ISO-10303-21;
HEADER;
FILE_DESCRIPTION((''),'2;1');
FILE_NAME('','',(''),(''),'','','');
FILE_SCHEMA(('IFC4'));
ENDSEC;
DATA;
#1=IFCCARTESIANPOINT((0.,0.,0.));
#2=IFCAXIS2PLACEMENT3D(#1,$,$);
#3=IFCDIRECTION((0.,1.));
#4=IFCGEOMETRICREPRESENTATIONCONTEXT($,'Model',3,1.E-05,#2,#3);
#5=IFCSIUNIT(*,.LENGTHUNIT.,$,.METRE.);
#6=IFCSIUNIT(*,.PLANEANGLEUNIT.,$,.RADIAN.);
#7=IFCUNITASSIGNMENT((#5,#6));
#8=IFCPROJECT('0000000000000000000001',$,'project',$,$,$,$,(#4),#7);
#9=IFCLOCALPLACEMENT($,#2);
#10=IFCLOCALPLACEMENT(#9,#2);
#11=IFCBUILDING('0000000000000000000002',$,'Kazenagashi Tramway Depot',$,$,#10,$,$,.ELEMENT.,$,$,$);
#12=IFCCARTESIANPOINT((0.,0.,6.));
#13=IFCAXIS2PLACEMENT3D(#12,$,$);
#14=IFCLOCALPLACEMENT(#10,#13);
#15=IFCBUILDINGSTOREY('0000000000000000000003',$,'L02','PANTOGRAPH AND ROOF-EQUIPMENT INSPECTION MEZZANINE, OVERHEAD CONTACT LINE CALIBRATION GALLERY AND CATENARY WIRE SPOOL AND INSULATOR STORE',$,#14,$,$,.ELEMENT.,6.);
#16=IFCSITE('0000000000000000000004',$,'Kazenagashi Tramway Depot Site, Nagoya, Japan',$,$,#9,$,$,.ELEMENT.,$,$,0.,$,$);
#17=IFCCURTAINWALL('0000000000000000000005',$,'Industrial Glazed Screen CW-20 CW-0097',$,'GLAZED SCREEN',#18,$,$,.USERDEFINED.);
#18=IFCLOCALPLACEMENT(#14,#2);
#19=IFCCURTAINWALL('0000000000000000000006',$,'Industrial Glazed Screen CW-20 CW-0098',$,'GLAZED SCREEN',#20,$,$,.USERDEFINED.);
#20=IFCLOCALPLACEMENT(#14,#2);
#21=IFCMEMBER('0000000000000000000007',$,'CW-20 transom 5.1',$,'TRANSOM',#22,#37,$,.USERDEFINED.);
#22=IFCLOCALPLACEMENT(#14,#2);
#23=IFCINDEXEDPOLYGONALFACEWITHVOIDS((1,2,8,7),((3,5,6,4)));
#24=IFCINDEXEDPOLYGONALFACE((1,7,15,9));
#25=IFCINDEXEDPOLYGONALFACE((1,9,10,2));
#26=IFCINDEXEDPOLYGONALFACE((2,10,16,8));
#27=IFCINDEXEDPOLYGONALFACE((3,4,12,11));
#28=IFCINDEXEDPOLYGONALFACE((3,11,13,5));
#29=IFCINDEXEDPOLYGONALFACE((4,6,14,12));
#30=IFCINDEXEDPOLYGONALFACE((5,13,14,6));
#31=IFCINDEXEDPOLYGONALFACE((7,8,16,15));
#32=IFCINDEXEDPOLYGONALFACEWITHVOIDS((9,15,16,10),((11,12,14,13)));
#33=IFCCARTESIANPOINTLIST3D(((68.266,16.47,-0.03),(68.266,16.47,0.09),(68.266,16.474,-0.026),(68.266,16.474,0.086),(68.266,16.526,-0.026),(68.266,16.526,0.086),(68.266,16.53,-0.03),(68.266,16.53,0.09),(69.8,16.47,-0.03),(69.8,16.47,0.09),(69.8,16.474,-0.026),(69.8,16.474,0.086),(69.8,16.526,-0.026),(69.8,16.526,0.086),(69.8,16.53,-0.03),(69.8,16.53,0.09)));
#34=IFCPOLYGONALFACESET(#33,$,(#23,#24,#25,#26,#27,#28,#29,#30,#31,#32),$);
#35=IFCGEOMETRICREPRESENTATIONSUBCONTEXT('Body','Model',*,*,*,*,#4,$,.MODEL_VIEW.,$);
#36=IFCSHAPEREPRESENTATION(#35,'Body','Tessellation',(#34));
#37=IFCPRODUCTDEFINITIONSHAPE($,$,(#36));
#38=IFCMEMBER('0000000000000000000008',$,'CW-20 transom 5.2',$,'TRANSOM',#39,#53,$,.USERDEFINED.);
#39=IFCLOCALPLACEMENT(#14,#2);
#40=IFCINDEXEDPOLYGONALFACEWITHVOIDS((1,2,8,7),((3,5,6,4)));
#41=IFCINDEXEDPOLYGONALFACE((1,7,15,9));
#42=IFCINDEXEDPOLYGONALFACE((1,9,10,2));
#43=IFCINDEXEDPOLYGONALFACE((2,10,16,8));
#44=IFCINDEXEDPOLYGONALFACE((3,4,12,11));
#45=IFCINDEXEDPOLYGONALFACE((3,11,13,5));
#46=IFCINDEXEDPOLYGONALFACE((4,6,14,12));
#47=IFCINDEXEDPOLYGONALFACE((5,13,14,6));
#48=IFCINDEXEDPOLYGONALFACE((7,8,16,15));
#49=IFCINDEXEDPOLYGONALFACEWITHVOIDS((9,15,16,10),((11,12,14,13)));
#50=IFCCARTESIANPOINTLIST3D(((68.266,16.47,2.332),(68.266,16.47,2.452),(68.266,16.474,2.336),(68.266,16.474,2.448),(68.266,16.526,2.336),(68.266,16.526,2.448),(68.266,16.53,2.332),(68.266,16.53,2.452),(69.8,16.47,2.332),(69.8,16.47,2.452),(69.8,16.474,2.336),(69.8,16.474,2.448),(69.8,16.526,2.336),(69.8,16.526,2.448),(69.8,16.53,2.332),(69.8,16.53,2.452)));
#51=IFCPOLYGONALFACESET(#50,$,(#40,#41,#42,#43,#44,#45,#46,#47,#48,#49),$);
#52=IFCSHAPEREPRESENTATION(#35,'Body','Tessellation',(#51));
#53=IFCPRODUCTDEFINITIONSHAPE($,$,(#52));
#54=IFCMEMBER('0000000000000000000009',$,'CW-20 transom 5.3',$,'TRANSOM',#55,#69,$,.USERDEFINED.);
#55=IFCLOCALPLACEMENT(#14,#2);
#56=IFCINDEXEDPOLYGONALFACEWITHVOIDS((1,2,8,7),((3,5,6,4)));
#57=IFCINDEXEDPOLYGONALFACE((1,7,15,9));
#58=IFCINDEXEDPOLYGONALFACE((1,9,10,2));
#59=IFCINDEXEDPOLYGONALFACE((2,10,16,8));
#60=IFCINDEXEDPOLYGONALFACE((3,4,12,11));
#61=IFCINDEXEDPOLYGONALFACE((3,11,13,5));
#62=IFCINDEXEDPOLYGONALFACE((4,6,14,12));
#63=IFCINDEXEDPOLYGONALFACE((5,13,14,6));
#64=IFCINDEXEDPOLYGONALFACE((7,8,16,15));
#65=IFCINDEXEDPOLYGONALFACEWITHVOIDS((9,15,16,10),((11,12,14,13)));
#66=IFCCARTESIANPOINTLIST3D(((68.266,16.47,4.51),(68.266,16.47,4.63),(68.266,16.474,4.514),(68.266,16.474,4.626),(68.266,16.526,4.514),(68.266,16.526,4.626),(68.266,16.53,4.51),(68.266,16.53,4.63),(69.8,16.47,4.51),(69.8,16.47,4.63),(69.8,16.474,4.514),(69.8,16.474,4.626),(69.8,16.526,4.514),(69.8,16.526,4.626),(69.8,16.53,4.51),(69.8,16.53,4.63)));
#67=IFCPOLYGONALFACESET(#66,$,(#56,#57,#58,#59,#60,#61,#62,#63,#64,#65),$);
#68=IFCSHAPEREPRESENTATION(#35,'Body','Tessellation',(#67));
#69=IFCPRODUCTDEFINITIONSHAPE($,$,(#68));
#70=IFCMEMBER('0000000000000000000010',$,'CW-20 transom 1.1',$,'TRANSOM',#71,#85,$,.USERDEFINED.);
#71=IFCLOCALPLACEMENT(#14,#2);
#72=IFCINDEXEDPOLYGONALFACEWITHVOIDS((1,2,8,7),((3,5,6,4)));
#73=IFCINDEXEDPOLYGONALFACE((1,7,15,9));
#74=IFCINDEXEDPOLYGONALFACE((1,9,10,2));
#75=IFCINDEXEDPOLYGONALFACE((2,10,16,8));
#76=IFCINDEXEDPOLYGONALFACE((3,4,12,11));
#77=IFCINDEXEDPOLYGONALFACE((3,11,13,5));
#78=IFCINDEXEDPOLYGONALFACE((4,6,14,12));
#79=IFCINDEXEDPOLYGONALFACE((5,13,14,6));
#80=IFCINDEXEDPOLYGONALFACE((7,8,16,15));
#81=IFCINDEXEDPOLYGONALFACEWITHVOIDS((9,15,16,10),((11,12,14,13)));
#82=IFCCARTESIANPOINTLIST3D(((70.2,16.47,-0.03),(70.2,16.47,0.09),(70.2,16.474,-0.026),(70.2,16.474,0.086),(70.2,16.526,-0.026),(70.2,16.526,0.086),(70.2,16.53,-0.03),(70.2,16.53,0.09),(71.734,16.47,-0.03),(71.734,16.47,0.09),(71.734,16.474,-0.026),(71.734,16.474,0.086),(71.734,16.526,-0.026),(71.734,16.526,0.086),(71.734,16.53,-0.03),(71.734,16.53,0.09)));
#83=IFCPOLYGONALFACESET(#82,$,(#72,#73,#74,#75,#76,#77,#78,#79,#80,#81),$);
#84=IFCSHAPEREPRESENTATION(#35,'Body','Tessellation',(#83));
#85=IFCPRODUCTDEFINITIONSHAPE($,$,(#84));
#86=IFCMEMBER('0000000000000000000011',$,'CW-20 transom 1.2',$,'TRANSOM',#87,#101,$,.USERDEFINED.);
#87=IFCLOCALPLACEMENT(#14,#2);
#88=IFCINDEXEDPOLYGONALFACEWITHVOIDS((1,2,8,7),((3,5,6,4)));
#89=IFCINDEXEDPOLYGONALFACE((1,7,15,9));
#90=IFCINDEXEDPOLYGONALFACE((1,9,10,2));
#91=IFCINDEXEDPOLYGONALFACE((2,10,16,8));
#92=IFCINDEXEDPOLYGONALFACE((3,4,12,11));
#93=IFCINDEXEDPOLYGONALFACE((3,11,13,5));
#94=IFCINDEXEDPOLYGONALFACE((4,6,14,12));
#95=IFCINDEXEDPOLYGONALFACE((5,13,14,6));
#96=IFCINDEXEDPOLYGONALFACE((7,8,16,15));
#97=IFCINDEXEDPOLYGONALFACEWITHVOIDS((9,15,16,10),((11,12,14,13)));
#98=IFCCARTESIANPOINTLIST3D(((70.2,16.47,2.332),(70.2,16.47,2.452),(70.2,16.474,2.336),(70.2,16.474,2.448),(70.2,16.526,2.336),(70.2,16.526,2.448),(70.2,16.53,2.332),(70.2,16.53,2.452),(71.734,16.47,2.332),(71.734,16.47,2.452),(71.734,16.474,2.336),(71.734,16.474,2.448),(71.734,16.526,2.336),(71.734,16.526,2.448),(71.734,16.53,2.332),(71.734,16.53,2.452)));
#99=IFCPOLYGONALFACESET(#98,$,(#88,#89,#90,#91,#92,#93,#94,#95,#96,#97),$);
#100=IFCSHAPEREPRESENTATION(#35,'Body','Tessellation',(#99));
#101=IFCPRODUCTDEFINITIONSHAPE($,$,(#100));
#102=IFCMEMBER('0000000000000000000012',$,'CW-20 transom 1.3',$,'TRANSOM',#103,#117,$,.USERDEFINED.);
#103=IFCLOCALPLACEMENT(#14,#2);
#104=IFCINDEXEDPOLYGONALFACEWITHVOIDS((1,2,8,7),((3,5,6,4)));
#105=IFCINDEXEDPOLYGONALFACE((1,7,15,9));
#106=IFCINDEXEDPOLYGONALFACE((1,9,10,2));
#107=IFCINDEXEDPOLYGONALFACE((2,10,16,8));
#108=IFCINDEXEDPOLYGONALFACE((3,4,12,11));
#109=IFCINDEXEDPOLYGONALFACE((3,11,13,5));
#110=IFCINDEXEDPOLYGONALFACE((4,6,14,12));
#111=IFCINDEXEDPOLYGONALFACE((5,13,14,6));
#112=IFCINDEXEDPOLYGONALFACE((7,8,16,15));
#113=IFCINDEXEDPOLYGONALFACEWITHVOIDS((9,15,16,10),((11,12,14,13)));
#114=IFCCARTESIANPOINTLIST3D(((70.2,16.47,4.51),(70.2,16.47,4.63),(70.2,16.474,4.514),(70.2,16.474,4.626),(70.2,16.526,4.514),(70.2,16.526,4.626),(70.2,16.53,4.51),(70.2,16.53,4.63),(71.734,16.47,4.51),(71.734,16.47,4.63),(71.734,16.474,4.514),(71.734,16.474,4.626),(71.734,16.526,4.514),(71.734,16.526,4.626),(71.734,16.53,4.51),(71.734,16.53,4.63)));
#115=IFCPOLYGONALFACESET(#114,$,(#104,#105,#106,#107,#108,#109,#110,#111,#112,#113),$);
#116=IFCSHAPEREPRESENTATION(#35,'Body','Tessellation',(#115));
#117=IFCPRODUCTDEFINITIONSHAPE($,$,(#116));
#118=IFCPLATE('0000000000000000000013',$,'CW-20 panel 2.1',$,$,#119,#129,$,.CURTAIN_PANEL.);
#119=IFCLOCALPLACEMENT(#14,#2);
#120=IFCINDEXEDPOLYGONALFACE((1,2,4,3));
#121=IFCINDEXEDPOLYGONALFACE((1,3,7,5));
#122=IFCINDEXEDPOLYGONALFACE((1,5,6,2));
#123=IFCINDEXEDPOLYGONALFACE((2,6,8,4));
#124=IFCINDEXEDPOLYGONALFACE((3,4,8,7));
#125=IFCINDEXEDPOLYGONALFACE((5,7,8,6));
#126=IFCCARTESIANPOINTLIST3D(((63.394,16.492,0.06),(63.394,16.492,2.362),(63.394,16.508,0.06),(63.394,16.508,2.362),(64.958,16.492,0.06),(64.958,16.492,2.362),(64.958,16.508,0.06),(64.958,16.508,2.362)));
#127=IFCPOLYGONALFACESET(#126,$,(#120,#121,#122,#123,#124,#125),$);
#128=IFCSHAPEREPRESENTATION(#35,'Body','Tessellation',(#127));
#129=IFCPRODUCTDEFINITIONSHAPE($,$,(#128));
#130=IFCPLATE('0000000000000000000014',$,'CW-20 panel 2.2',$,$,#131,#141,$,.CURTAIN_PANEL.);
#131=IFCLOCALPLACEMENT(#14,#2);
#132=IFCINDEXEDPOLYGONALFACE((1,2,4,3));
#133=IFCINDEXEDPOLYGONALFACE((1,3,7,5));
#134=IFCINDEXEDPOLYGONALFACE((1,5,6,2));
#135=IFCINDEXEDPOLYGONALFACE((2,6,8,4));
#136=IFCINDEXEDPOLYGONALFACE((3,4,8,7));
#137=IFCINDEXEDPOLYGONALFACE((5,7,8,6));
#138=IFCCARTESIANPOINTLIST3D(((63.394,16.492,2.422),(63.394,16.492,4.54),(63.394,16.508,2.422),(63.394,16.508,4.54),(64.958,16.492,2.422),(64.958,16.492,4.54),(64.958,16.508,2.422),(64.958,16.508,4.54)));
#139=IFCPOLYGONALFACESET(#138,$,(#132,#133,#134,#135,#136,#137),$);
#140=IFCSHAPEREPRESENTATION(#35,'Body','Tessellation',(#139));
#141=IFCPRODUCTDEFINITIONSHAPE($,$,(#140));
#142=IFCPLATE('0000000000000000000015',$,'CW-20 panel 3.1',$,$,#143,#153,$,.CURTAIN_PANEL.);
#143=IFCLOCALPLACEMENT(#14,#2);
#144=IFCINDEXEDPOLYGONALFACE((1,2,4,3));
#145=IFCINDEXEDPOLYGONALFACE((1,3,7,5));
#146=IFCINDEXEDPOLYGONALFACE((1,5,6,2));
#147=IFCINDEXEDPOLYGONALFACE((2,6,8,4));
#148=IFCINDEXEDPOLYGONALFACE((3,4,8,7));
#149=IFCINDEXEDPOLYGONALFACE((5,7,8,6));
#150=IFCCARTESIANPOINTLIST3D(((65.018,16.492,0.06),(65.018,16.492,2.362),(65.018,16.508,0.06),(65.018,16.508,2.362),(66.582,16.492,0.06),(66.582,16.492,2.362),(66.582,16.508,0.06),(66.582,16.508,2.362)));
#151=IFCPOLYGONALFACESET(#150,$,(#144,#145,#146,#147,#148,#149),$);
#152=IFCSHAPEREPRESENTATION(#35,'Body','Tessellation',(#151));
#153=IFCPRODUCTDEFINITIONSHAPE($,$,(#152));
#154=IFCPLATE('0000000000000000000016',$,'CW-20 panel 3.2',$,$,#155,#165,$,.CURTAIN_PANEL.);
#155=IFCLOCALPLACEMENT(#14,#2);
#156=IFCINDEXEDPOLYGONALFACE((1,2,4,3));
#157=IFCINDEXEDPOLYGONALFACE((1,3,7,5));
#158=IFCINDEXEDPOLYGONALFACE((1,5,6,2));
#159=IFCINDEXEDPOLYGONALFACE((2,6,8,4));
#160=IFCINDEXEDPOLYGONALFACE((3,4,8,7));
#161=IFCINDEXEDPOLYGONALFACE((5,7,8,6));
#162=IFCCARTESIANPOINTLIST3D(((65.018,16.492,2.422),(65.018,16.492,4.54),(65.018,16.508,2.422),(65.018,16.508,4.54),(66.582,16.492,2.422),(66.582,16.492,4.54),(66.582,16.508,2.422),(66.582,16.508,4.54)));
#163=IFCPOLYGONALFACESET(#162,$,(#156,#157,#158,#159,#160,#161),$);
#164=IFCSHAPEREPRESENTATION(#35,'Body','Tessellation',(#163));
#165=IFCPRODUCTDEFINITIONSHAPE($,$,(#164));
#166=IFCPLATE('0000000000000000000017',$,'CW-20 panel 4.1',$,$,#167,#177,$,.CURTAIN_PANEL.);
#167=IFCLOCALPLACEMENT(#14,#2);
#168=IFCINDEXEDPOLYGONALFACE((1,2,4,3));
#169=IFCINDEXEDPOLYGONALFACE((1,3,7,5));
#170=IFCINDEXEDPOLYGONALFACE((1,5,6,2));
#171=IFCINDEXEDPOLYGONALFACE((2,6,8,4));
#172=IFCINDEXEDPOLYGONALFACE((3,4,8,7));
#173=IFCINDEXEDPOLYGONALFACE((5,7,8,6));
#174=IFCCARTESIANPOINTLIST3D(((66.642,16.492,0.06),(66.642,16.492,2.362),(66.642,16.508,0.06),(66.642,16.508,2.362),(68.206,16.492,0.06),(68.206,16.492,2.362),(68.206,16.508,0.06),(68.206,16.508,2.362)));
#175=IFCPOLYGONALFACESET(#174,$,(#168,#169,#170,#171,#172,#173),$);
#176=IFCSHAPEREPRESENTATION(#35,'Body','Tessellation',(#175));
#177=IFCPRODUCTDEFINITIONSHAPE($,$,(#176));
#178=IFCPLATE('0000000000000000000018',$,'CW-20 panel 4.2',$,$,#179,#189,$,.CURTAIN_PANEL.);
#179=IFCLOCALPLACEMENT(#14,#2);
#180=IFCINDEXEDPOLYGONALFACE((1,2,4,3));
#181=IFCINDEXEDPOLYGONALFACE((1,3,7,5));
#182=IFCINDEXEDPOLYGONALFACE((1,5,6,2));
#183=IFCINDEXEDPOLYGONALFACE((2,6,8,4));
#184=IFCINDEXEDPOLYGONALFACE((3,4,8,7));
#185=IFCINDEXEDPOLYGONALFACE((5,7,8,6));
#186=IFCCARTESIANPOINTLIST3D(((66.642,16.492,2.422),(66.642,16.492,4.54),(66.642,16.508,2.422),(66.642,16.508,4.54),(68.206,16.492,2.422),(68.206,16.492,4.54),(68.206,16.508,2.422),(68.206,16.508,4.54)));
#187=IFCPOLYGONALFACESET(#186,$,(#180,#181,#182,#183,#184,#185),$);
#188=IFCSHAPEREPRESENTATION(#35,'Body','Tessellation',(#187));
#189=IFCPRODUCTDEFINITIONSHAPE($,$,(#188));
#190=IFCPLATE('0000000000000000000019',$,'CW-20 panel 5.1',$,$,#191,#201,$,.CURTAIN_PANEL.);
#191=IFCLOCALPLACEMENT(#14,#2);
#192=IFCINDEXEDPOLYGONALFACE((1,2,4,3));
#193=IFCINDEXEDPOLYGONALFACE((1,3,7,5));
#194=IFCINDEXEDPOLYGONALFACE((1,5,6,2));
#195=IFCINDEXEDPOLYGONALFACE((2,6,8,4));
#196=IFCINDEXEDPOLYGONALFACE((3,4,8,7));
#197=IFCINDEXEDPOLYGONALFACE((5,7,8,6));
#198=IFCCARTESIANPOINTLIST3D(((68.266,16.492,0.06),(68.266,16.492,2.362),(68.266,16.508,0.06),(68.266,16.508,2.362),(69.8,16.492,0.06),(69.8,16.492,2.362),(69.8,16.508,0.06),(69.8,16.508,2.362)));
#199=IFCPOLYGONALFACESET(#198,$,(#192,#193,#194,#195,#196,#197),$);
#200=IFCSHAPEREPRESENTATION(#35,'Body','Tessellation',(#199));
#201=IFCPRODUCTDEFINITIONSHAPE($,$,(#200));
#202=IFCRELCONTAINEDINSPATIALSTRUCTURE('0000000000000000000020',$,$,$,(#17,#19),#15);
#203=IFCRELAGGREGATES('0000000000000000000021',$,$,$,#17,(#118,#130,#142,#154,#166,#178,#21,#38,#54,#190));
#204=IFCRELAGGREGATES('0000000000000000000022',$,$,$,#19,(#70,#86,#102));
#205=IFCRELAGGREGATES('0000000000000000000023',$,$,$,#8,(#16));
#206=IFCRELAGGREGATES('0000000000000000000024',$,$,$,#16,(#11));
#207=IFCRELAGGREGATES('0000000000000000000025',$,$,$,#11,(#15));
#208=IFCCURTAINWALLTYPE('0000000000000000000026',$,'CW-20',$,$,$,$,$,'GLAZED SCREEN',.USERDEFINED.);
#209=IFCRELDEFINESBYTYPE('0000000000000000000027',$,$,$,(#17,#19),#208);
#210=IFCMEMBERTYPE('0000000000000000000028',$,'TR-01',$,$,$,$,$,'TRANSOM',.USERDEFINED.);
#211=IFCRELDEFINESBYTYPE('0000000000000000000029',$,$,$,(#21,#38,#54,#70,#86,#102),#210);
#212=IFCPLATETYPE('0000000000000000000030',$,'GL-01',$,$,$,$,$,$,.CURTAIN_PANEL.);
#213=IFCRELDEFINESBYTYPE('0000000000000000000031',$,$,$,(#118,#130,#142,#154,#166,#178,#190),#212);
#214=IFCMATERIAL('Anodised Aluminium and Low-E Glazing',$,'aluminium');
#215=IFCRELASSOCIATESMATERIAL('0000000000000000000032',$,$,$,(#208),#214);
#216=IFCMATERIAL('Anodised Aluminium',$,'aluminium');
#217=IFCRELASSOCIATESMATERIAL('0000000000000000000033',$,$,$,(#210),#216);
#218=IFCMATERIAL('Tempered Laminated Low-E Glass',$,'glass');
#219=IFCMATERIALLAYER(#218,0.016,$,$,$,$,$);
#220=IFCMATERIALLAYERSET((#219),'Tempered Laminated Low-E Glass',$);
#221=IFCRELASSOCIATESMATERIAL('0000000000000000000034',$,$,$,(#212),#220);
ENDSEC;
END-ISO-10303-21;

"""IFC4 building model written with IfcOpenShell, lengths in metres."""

from ifc_helpers import new_model, si_unit, direction, frame, origin, origin_2d, place, context, subcontext, project, spatial, rectangle, hollow_rectangle, extrude, material, layer, layer_set, material_profile, profile_set, type_object, element, aggregate, save


model = new_model("IFC4")

# Units and contexts
model_context = context("Model", 3, precision=1e-05, world=origin(), true_north=direction((0.0, 1.0)))
body_context = subcontext(model_context, "Body", "Model", "MODEL_VIEW")
ifc_project = project(units=[si_unit("LENGTHUNIT", "METRE"), si_unit("PLANEANGLEUNIT", "RADIAN")], contexts=[model_context])

# Site, building, storey
site_placement = place(None, origin())
site = spatial("IfcSite", under=ifc_project, at=site_placement, Name="Kazenagashi Tramway Depot Site, Nagoya, Japan", CompositionType="ELEMENT", RefElevation=0.0)
building_placement = place(site_placement, origin())
building = spatial("IfcBuilding", under=site, at=building_placement, Name="Kazenagashi Tramway Depot", CompositionType="ELEMENT")
storey_placement = place(building_placement, frame((0.0, 0.0, 6.0)))
storey = spatial("IfcBuildingStorey", under=building, at=storey_placement, Name="L02", Description="PANTOGRAPH AND ROOF-EQUIPMENT INSPECTION MEZZANINE, OVERHEAD CONTACT LINE CALIBRATION GALLERY AND CATENARY WIRE SPOOL AND INSULATOR STORE", CompositionType="ELEMENT", Elevation=6.0)

# Curtain wall
ifc_material_1 = material(Name="Anodised Aluminium and Low-E Glazing", Category="aluminium")
curtain_wall_type = type_object("IfcCurtainWallType", Name="CW-20", ElementType="GLAZED SCREEN", PredefinedType="USERDEFINED", material=ifc_material_1)
curtain_wall_1_placement = place(storey_placement, origin())
curtain_wall_1 = element("IfcCurtainWall", 1, at=curtain_wall_1_placement, inside=storey, type_object=curtain_wall_type, Name="Industrial Glazed Screen CW-20 CW-0097", ObjectType="GLAZED SCREEN", PredefinedType="USERDEFINED")
ifc_material_2 = material(Name="Anodised Aluminium", Category="aluminium")

# Curtain wall
curtain_wall_2_placement = place(storey_placement, origin())
curtain_wall_2 = element("IfcCurtainWall", 2, at=curtain_wall_2_placement, inside=storey, type_object=curtain_wall_type, Name="Industrial Glazed Screen CW-20 CW-0098", ObjectType="GLAZED SCREEN", PredefinedType="USERDEFINED")

# Members
ifc_material_profile_1 = material_profile(ifc_material_2, hollow_rectangle(XDim=0.06, YDim=0.12, WallThickness=0.004, at=origin_2d()), Name="RHS-120x60x4")
ifc_profile_set_1 = profile_set([ifc_material_profile_1], Name="Anodised Aluminium")
member_type_1 = type_object("IfcMemberType", Name="TR-01", ElementType="TRANSOM", PredefinedType="USERDEFINED", material=ifc_profile_set_1)
member_1_placement = place(storey_placement, frame((68.266, 16.5, 0.03), z_axis=(1.0, 0.0, 0.0), x_axis=(0.0, 1.0, 0.0)))
member_1 = element("IfcMember", 3, at=member_1_placement, type_object=member_type_1, Name="CW-20 transom 5.1", ObjectType="TRANSOM", PredefinedType="USERDEFINED", context=body_context, shape_type="SweptSolid", body=[
    extrude(hollow_rectangle(XDim=0.06, YDim=0.12, WallThickness=0.004, at=origin_2d()), origin(), (0.0, 0.0, 1.0), 1.534),
])
member_2_placement = place(storey_placement, frame((68.266, 16.5, 2.392), z_axis=(1.0, 0.0, 0.0), x_axis=(0.0, 1.0, 0.0)))
member_2 = element("IfcMember", 4, at=member_2_placement, type_object=member_type_1, Name="CW-20 transom 5.2", ObjectType="TRANSOM", PredefinedType="USERDEFINED", context=body_context, shape_type="SweptSolid", body=[
    extrude(hollow_rectangle(XDim=0.06, YDim=0.12, WallThickness=0.004, at=origin_2d()), origin(), (0.0, 0.0, 1.0), 1.534),
])
member_3_placement = place(storey_placement, frame((68.266, 16.5, 4.57), z_axis=(1.0, 0.0, 0.0), x_axis=(0.0, 1.0, 0.0)))
member_3 = element("IfcMember", 5, at=member_3_placement, type_object=member_type_1, Name="CW-20 transom 5.3", ObjectType="TRANSOM", PredefinedType="USERDEFINED", context=body_context, shape_type="SweptSolid", body=[
    extrude(hollow_rectangle(XDim=0.06, YDim=0.12, WallThickness=0.004, at=origin_2d()), origin(), (0.0, 0.0, 1.0), 1.534),
])
member_4_placement = place(storey_placement, frame((70.2, 16.5, 0.03), z_axis=(1.0, 0.0, 0.0), x_axis=(0.0, 1.0, 0.0)))
member_4 = element("IfcMember", 6, at=member_4_placement, type_object=member_type_1, Name="CW-20 transom 1.1", ObjectType="TRANSOM", PredefinedType="USERDEFINED", context=body_context, shape_type="SweptSolid", body=[
    extrude(hollow_rectangle(XDim=0.06, YDim=0.12, WallThickness=0.004, at=origin_2d()), origin(), (0.0, 0.0, 1.0), 1.534),
])
member_5_placement = place(storey_placement, frame((70.2, 16.5, 2.392), z_axis=(1.0, 0.0, 0.0), x_axis=(0.0, 1.0, 0.0)))
member_5 = element("IfcMember", 7, at=member_5_placement, type_object=member_type_1, Name="CW-20 transom 1.2", ObjectType="TRANSOM", PredefinedType="USERDEFINED", context=body_context, shape_type="SweptSolid", body=[
    extrude(hollow_rectangle(XDim=0.06, YDim=0.12, WallThickness=0.004, at=origin_2d()), origin(), (0.0, 0.0, 1.0), 1.534),
])
member_6_placement = place(storey_placement, frame((70.2, 16.5, 4.57), z_axis=(1.0, 0.0, 0.0), x_axis=(0.0, 1.0, 0.0)))
member_6 = element("IfcMember", 8, at=member_6_placement, type_object=member_type_1, Name="CW-20 transom 1.3", ObjectType="TRANSOM", PredefinedType="USERDEFINED", context=body_context, shape_type="SweptSolid", body=[
    extrude(hollow_rectangle(XDim=0.06, YDim=0.12, WallThickness=0.004, at=origin_2d()), origin(), (0.0, 0.0, 1.0), 1.534),
])

# Plates
ifc_material_3 = material(Name="Tempered Laminated Low-E Glass", Category="glass")
ifc_layer_1 = layer(ifc_material_3, 0.016)
ifc_layer_set_1 = layer_set([ifc_layer_1], Name="Tempered Laminated Low-E Glass")
plate_type_1 = type_object("IfcPlateType", Name="GL-01", PredefinedType="CURTAIN_PANEL", material=ifc_layer_set_1)
plate_1_placement = place(storey_placement, frame((64.176, 16.5, 0.06), z_axis=(0.0, 0.0, 1.0), x_axis=(1.0, 0.0, 0.0)))
plate_1 = element("IfcPlate", 9, at=plate_1_placement, type_object=plate_type_1, Name="CW-20 panel 2.1", PredefinedType="CURTAIN_PANEL", context=body_context, shape_type="SweptSolid", body=[
    extrude(rectangle(XDim=1.564, YDim=0.016, at=origin_2d()), origin(), (0.0, 0.0, 1.0), 2.302),
])
plate_2_placement = place(storey_placement, frame((64.176, 16.5, 2.422), z_axis=(0.0, 0.0, 1.0), x_axis=(1.0, 0.0, 0.0)))
plate_2 = element("IfcPlate", 10, at=plate_2_placement, type_object=plate_type_1, Name="CW-20 panel 2.2", PredefinedType="CURTAIN_PANEL", context=body_context, shape_type="SweptSolid", body=[
    extrude(rectangle(XDim=1.564, YDim=0.016, at=origin_2d()), origin(), (0.0, 0.0, 1.0), 2.118),
])
plate_3_placement = place(storey_placement, frame((65.8, 16.5, 0.06), z_axis=(0.0, 0.0, 1.0), x_axis=(1.0, 0.0, 0.0)))
plate_3 = element("IfcPlate", 11, at=plate_3_placement, type_object=plate_type_1, Name="CW-20 panel 3.1", PredefinedType="CURTAIN_PANEL", context=body_context, shape_type="SweptSolid", body=[
    extrude(rectangle(XDim=1.564, YDim=0.016, at=origin_2d()), origin(), (0.0, 0.0, 1.0), 2.302),
])
plate_4_placement = place(storey_placement, frame((65.8, 16.5, 2.422), z_axis=(0.0, 0.0, 1.0), x_axis=(1.0, 0.0, 0.0)))
plate_4 = element("IfcPlate", 12, at=plate_4_placement, type_object=plate_type_1, Name="CW-20 panel 3.2", PredefinedType="CURTAIN_PANEL", context=body_context, shape_type="SweptSolid", body=[
    extrude(rectangle(XDim=1.564, YDim=0.016, at=origin_2d()), origin(), (0.0, 0.0, 1.0), 2.118),
])
plate_5_placement = place(storey_placement, frame((67.424, 16.5, 0.06), z_axis=(0.0, 0.0, 1.0), x_axis=(1.0, 0.0, 0.0)))
plate_5 = element("IfcPlate", 13, at=plate_5_placement, type_object=plate_type_1, Name="CW-20 panel 4.1", PredefinedType="CURTAIN_PANEL", context=body_context, shape_type="SweptSolid", body=[
    extrude(rectangle(XDim=1.564, YDim=0.016, at=origin_2d()), origin(), (0.0, 0.0, 1.0), 2.302),
])
plate_6_placement = place(storey_placement, frame((67.424, 16.5, 2.422), z_axis=(0.0, 0.0, 1.0), x_axis=(1.0, 0.0, 0.0)))
plate_6 = element("IfcPlate", 14, at=plate_6_placement, type_object=plate_type_1, Name="CW-20 panel 4.2", PredefinedType="CURTAIN_PANEL", context=body_context, shape_type="SweptSolid", body=[
    extrude(rectangle(XDim=1.564, YDim=0.016, at=origin_2d()), origin(), (0.0, 0.0, 1.0), 2.118),
])
plate_7_placement = place(storey_placement, frame((69.033, 16.5, 0.06), z_axis=(0.0, 0.0, 1.0), x_axis=(1.0, 0.0, 0.0)))
plate_7 = element("IfcPlate", 15, at=plate_7_placement, type_object=plate_type_1, Name="CW-20 panel 5.1", PredefinedType="CURTAIN_PANEL", context=body_context, shape_type="SweptSolid", body=[
    extrude(rectangle(XDim=1.534, YDim=0.016, at=origin_2d()), origin(), (0.0, 0.0, 1.0), 2.302),
])
aggregate(curtain_wall_1, [plate_1, plate_2, plate_3, plate_4, plate_5, plate_6, member_1, member_2, member_3, plate_7])
aggregate(curtain_wall_2, [member_4, member_5, member_6])

save(model, "model.ifc")
